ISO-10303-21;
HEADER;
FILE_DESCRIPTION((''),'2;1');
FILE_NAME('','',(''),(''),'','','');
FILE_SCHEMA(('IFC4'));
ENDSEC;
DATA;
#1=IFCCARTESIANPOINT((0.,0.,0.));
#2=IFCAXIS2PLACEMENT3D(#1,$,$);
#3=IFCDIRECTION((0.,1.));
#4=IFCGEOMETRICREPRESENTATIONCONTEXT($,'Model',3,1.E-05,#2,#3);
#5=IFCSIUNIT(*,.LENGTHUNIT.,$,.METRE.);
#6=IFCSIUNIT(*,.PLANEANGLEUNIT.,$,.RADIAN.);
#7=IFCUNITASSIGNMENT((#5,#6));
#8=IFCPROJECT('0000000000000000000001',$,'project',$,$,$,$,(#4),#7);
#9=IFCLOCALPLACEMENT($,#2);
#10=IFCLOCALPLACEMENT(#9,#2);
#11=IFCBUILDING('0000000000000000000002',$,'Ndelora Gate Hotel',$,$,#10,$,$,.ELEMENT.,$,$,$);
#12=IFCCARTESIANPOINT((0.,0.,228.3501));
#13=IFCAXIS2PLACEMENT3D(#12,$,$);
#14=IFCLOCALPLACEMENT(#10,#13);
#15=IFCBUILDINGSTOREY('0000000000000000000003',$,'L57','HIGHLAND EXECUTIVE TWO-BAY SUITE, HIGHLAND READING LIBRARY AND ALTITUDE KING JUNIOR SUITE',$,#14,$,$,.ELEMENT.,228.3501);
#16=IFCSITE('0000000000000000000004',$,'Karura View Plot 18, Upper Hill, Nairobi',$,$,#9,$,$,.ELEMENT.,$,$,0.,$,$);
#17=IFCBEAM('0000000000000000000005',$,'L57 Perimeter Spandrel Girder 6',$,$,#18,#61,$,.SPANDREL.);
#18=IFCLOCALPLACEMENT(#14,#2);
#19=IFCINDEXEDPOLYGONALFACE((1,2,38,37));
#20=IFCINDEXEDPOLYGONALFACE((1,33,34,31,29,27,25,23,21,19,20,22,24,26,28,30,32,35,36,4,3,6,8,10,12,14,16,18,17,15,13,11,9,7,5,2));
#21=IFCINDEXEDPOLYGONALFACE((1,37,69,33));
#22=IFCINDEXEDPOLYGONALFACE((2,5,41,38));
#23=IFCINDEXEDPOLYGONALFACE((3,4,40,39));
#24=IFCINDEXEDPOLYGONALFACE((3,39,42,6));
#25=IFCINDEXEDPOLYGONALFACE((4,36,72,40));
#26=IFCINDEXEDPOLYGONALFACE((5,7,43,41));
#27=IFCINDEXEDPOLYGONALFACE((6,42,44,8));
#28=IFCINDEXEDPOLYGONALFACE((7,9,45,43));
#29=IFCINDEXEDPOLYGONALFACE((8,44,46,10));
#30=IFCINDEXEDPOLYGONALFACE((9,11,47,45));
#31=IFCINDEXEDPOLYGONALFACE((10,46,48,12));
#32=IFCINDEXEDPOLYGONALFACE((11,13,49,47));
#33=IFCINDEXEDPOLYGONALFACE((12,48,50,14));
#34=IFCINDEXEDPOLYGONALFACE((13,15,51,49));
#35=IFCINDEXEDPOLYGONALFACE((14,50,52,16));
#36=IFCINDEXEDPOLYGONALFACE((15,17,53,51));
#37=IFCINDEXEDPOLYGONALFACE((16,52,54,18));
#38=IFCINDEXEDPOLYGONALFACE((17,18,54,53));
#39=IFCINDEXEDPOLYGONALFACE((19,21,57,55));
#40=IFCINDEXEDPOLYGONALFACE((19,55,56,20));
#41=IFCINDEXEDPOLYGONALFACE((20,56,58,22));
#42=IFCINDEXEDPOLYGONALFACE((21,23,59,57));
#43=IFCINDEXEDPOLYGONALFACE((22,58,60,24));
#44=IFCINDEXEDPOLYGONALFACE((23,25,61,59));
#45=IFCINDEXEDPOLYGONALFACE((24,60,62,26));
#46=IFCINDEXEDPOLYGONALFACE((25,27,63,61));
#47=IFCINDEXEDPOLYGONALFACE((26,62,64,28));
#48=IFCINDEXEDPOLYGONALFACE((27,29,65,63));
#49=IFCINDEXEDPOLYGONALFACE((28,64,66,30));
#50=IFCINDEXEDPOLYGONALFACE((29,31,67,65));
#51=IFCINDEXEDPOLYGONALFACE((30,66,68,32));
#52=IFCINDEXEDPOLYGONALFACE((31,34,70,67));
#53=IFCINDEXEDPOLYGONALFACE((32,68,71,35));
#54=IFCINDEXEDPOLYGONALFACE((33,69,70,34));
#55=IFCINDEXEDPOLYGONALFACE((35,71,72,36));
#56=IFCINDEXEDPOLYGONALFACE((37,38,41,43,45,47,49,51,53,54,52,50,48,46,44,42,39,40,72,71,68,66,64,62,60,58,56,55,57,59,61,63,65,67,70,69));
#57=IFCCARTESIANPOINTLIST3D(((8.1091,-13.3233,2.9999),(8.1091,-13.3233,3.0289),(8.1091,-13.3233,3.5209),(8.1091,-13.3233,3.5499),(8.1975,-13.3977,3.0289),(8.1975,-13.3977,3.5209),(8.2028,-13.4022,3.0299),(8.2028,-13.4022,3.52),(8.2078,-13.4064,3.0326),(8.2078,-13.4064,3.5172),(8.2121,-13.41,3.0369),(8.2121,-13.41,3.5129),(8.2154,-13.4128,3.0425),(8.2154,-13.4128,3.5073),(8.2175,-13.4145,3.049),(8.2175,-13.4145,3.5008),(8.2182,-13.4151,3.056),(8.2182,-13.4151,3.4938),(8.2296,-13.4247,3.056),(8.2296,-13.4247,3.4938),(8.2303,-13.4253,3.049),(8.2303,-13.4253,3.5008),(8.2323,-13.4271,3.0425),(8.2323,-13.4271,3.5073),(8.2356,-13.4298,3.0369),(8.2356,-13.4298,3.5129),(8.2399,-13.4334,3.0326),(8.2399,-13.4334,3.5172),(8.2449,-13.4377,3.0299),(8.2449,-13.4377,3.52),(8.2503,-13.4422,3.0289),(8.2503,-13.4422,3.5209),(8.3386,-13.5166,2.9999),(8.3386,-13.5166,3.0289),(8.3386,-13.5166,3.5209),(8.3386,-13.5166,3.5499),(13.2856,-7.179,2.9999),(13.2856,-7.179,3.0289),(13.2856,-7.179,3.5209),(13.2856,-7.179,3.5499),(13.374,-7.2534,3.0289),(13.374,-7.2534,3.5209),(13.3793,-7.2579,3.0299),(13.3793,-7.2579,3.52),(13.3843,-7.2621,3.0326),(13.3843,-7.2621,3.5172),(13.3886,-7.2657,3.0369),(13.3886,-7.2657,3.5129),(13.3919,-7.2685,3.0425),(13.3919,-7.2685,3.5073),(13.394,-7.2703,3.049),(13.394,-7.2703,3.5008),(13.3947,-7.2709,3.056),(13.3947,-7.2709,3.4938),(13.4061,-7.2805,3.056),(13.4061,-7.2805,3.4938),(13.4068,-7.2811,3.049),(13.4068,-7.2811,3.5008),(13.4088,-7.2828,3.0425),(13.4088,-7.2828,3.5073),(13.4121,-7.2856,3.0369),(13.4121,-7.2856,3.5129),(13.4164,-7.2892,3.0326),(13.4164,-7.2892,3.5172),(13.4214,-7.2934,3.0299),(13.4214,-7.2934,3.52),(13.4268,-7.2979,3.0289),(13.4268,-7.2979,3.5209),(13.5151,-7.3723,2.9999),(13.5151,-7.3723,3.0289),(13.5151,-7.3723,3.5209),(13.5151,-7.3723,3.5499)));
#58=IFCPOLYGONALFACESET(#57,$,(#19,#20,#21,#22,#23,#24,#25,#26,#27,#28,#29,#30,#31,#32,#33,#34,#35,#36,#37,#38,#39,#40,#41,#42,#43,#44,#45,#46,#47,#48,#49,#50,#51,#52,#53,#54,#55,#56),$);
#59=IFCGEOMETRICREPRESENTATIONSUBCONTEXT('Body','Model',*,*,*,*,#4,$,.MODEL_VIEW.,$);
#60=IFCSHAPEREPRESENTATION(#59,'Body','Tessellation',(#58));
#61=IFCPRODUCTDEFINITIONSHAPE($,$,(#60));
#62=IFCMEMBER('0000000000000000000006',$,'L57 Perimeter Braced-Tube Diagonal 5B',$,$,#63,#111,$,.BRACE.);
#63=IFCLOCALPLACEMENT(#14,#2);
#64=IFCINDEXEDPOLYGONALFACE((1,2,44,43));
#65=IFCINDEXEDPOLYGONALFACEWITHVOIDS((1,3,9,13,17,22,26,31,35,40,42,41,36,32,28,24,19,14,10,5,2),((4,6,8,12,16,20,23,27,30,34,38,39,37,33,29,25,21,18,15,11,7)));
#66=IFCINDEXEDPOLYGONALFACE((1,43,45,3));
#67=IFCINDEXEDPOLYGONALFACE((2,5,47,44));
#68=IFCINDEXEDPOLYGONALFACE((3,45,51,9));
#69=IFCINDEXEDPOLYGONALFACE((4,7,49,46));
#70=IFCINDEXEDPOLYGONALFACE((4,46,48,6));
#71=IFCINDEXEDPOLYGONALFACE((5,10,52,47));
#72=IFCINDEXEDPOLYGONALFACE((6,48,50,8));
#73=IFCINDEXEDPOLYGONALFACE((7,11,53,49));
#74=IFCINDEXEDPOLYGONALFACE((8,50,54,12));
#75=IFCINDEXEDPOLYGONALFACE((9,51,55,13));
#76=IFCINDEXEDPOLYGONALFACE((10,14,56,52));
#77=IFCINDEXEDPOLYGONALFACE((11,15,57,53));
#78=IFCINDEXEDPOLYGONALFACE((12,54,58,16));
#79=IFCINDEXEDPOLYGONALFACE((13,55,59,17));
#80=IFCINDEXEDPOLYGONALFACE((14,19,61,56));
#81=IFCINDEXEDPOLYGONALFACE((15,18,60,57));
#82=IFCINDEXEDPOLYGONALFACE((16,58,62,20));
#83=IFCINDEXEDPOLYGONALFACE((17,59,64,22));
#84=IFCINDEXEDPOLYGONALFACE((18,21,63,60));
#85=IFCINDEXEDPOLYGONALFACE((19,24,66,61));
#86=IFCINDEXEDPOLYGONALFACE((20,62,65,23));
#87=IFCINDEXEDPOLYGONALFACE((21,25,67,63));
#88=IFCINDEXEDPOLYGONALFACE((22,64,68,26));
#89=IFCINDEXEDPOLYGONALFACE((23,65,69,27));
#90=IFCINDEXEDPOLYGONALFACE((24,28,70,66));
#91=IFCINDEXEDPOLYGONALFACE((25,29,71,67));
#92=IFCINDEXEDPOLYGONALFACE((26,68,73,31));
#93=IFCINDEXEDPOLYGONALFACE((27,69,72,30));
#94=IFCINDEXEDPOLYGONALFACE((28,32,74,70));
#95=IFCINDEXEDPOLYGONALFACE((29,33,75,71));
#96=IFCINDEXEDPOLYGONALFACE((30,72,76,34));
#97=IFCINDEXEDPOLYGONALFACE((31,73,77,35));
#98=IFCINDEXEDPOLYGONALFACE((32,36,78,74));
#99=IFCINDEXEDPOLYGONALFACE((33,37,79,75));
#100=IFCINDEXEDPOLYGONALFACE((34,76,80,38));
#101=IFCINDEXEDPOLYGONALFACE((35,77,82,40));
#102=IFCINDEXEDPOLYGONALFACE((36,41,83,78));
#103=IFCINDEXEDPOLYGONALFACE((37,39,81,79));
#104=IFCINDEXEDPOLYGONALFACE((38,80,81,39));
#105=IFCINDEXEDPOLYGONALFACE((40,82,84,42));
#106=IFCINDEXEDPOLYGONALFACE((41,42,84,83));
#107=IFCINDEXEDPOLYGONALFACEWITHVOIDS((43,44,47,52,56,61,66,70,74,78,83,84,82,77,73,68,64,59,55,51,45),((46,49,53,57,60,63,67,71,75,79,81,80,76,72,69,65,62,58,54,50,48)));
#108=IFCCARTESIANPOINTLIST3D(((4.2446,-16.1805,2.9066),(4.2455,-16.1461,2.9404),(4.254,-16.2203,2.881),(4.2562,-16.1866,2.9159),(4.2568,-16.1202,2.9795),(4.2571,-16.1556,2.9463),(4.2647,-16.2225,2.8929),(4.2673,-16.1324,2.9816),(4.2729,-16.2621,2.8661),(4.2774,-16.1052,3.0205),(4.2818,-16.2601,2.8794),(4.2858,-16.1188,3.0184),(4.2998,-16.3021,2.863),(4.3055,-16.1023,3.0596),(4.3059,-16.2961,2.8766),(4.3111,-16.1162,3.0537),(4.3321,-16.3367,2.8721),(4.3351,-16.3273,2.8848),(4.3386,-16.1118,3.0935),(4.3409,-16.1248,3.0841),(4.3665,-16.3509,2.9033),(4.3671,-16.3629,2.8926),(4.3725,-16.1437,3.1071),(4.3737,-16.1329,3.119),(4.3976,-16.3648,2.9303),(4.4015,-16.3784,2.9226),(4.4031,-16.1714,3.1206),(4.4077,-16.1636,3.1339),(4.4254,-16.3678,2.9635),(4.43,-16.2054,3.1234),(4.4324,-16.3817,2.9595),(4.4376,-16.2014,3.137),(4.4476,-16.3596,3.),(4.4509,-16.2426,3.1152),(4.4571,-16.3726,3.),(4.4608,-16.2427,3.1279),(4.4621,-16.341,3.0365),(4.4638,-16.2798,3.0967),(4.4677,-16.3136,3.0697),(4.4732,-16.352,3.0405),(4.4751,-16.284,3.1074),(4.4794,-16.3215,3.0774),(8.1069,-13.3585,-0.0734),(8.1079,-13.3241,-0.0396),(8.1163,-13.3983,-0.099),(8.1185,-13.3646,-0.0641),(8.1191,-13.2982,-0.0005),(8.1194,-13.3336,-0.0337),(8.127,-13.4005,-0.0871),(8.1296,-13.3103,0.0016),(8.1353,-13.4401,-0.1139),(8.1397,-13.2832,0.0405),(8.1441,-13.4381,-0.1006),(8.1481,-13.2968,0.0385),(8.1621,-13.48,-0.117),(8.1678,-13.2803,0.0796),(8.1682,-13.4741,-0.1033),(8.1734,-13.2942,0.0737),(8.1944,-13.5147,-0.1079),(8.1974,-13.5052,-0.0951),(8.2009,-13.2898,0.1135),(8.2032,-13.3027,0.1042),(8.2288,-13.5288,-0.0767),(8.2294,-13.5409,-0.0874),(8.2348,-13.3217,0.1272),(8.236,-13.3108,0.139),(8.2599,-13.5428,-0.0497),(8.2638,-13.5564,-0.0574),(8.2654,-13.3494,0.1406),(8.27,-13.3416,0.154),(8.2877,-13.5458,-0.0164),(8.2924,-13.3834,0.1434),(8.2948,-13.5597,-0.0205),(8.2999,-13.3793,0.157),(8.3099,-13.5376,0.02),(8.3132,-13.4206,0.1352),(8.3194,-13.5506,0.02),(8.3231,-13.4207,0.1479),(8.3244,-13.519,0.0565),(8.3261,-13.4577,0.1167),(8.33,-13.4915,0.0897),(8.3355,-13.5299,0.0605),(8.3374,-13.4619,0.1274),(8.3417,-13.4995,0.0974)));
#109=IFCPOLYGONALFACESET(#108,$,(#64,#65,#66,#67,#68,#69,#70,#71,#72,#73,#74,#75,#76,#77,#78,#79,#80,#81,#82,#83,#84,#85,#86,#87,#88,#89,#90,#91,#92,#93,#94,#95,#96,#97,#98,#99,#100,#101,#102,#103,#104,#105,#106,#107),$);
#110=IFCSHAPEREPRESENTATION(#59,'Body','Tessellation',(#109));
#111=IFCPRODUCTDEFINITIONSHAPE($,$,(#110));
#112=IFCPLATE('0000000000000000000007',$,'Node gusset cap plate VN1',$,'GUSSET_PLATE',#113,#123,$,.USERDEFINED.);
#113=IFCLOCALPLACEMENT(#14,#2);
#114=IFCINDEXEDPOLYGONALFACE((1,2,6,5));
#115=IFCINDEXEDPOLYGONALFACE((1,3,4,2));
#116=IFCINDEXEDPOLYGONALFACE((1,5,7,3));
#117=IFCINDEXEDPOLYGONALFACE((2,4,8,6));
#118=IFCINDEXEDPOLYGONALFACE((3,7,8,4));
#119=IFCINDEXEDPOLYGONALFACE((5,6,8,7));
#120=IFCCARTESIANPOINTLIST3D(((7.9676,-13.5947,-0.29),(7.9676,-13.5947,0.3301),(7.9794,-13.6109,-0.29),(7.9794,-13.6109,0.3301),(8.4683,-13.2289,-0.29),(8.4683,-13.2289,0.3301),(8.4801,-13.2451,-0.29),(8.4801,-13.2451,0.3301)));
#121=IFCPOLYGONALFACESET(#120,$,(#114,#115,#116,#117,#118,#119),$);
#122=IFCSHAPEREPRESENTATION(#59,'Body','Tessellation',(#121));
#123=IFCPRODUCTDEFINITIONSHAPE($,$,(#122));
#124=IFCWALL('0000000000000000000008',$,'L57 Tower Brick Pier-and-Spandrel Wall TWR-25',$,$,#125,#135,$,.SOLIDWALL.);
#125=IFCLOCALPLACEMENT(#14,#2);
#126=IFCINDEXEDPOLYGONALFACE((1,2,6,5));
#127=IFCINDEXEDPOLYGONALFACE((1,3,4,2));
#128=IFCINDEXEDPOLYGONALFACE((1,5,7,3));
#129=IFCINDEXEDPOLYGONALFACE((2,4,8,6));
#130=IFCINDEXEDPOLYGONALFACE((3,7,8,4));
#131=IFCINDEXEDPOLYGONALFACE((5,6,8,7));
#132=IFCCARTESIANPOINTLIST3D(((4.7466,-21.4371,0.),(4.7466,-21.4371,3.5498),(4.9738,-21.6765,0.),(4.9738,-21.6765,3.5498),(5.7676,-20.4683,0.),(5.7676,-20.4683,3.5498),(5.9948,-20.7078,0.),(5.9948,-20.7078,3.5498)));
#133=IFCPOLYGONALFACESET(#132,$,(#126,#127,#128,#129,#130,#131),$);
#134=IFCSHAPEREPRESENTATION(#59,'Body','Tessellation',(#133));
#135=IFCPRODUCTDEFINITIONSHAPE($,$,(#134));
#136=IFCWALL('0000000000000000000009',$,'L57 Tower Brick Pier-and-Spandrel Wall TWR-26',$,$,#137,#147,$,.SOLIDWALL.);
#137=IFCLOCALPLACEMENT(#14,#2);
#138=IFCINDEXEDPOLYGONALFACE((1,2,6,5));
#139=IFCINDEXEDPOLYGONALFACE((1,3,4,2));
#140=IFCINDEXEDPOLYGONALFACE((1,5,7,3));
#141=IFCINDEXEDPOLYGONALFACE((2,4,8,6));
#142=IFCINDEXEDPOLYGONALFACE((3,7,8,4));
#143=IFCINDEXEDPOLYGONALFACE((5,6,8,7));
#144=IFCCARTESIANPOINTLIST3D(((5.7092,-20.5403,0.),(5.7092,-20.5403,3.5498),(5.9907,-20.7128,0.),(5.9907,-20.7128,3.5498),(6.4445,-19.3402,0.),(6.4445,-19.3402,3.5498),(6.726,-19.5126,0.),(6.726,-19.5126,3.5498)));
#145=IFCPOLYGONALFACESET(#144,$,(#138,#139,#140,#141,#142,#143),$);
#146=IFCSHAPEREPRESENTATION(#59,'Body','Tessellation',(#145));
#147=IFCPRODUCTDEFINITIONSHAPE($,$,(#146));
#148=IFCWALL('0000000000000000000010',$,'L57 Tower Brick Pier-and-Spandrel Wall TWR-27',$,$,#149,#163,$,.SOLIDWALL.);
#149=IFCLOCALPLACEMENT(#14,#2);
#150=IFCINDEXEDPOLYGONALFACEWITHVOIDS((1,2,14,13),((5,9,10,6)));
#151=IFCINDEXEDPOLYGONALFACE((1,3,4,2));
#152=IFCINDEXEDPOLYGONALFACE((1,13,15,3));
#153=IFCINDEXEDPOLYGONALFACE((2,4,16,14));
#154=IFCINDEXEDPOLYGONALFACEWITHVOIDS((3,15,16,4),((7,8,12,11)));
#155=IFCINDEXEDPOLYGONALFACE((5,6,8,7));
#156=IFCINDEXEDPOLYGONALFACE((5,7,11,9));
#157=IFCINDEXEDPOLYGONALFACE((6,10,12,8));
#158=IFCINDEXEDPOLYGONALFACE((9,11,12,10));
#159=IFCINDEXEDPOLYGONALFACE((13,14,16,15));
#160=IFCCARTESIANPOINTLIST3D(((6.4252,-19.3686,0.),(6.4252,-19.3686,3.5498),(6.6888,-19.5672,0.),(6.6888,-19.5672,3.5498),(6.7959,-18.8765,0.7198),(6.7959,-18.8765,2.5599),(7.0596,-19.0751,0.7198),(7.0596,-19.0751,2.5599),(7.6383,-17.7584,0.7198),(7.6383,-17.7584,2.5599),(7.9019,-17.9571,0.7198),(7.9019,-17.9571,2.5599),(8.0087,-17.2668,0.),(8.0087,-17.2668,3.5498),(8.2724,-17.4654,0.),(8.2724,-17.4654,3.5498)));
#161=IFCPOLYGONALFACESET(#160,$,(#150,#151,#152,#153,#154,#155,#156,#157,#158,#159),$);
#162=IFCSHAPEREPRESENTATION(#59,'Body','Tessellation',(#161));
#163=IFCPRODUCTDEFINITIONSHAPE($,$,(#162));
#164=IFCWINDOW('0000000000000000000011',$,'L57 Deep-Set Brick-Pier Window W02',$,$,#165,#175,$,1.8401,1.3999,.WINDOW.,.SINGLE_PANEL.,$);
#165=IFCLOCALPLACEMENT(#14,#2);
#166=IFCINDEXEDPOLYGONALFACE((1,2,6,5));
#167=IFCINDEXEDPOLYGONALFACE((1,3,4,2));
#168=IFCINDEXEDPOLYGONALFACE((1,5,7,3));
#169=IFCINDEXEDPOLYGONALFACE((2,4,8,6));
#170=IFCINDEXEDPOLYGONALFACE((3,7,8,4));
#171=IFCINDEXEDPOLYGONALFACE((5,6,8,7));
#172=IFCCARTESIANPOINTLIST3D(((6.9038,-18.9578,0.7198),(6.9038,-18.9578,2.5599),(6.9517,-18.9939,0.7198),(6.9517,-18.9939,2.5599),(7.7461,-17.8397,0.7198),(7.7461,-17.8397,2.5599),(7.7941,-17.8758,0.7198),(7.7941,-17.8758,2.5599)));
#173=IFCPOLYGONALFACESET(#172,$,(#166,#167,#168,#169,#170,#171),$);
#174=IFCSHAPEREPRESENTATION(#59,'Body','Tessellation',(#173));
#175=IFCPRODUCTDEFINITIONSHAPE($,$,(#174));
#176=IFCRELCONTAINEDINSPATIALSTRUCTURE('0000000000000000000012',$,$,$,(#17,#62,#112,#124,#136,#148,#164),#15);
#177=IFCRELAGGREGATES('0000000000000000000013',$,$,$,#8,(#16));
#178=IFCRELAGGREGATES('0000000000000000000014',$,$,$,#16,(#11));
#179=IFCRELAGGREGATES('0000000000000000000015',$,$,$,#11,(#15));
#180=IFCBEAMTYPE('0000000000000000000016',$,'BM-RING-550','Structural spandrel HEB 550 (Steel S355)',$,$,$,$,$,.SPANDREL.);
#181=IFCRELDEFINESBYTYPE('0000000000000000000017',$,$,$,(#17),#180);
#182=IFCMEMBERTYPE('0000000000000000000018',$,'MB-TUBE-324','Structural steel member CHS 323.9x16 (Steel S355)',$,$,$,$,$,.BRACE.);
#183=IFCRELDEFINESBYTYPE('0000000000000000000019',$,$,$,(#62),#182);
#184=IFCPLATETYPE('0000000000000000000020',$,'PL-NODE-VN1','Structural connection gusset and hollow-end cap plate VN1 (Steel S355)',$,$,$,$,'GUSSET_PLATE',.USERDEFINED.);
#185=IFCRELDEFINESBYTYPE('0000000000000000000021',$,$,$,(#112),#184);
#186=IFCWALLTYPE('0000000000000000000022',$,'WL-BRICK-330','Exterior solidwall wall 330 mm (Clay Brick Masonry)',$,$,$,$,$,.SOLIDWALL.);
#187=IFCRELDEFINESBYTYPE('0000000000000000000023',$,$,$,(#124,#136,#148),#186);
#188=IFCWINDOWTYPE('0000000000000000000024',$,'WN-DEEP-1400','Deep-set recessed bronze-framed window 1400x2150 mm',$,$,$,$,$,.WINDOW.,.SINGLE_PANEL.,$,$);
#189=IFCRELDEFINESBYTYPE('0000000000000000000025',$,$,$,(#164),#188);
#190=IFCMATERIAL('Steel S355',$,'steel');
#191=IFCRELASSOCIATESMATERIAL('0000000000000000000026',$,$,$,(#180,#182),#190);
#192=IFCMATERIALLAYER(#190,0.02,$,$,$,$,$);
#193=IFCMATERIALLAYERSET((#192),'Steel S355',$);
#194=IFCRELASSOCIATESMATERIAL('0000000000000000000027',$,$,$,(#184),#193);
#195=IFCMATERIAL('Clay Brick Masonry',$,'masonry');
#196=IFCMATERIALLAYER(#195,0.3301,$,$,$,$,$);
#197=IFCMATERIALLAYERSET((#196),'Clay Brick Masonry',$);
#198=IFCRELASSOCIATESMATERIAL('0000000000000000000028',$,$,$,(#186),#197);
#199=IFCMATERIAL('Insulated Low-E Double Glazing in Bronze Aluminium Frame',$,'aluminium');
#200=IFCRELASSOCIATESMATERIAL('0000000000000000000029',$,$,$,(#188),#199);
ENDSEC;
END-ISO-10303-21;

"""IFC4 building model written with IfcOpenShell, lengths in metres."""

from ifc_helpers import new_model, si_unit, direction, frame, frame_2d, origin, origin_2d, place, context, subcontext, project, spatial, rectangle, hollow_circle, i_section, extrude, material, layer, layer_set, material_profile, profile_set, type_object, element, fill, save


model = new_model("IFC4")

# Units and contexts
model_context = context("Model", 3, precision=1e-05, world=origin(), true_north=direction((0.0, 1.0)))
body_context = subcontext(model_context, "Body", "Model", "MODEL_VIEW")
ifc_project = project(units=[si_unit("LENGTHUNIT", "METRE"), si_unit("PLANEANGLEUNIT", "RADIAN")], contexts=[model_context])

# Site, building, storey
site_placement = place(None, origin())
site = spatial("IfcSite", under=ifc_project, at=site_placement, Name="Karura View Plot 18, Upper Hill, Nairobi", CompositionType="ELEMENT", RefElevation=0.0)
building_placement = place(site_placement, origin())
building = spatial("IfcBuilding", under=site, at=building_placement, Name="Ndelora Gate Hotel", CompositionType="ELEMENT")
storey_placement = place(building_placement, frame((0.0, 0.0, 228.3501)))
storey = spatial("IfcBuildingStorey", under=building, at=storey_placement, Name="L57", Description="HIGHLAND EXECUTIVE TWO-BAY SUITE, HIGHLAND READING LIBRARY AND ALTITUDE KING JUNIOR SUITE", CompositionType="ELEMENT", Elevation=228.3501)

# Beam
ifc_material_1 = material(Name="Steel S355", Category="steel")
ifc_material_profile_1 = material_profile(ifc_material_1, i_section(OverallWidth=0.3, OverallDepth=0.55, WebThickness=0.0149, FlangeThickness=0.0291, FilletRadius=0.0271, at=origin_2d()), Name="HEB 550")
ifc_profile_set_1 = profile_set([ifc_material_profile_1], Name="Steel S355")
beam_type_1 = type_object("IfcBeamType", Name="BM-RING-550", Description="Structural spandrel HEB 550 (Steel S355)", PredefinedType="SPANDREL", material=ifc_profile_set_1)
beam_1_placement = place(storey_placement, frame((8.2239, -13.4199, 3.2749), z_axis=(0.644309, 0.764765, 0.0), x_axis=(-0.764765, 0.644309, 0.0)))
element("IfcBeam", 1, at=beam_1_placement, inside=storey, type_object=beam_type_1, Name="L57 Perimeter Spandrel Girder 6", PredefinedType="SPANDREL", context=body_context, shape_type="SweptSolid", body=[
    extrude(i_section(OverallWidth=0.3, OverallDepth=0.55, WebThickness=0.0149, FlangeThickness=0.0291, FilletRadius=0.0271, at=origin_2d()), origin(), (0.0, 0.0, 1.0), 8.0342),
])

# Member
ifc_material_profile_2 = material_profile(ifc_material_1, hollow_circle(Radius=0.1619, WallThickness=0.0161, at=origin_2d()), Name="CHS 323.9x16")
ifc_profile_set_2 = profile_set([ifc_material_profile_2], Name="Steel S355")
member_type = type_object("IfcMemberType", Name="MB-TUBE-324", Description="Structural steel member CHS 323.9x16 (Steel S355)", PredefinedType="BRACE", material=ifc_profile_set_2)
member_placement = place(storey_placement, frame((8.2239, -13.4199, 0.02), z_axis=(-0.685324, -0.500737, 0.528765), x_axis=(0.589958, -0.807434, 0.0)))
element("IfcMember", 2, at=member_placement, inside=storey, type_object=member_type, Name="L57 Perimeter Braced-Tube Diagonal 5B", PredefinedType="BRACE", context=body_context, shape_type="SweptSolid", body=[
    extrude(hollow_circle(Radius=0.1619, WallThickness=0.0161, at=origin_2d()), origin(), (0.0, 0.0, 1.0), 5.6357),
])

# Plate
ifc_layer_1 = layer(ifc_material_1, 0.02)
ifc_layer_set_1 = layer_set([ifc_layer_1], Name="Steel S355")
plate_type = type_object("IfcPlateType", Name="PL-NODE-VN1", Description="Structural connection gusset and hollow-end cap plate VN1 (Steel S355)", ElementType="GUSSET_PLATE", PredefinedType="USERDEFINED", material=ifc_layer_set_1)
plate_placement = place(storey_placement, frame((8.2239, -13.4199, -0.29), z_axis=(0.0, 0.0, 1.0), x_axis=(0.807475, 0.589901, 0.0)))
element("IfcPlate", 3, at=plate_placement, inside=storey, type_object=plate_type, Name="Node gusset cap plate VN1", ObjectType="GUSSET_PLATE", PredefinedType="USERDEFINED", context=body_context, shape_type="SweptSolid", body=[
    extrude(rectangle(XDim=0.6201, YDim=0.02, at=origin_2d()), origin(), (0.0, 0.0, 1.0), 0.6201),
])

# Walls
ifc_material_2 = material(Name="Clay Brick Masonry", Category="masonry")
ifc_layer_2 = layer(ifc_material_2, 0.3301)
ifc_layer_set_2 = layer_set([ifc_layer_2], Name="Clay Brick Masonry")
wall_type_1 = type_object("IfcWallType", Name="WL-BRICK-330", Description="Exterior solidwall wall 330 mm (Clay Brick Masonry)", PredefinedType="SOLIDWALL", material=ifc_layer_set_2)
for number, where, z_axis, x_axis, name in (
    (4, (5.8811, -20.5881, 0.0), (0.0, 0.0, 1.0), (-0.725424, -0.688303, 0.0), "L57 Tower Brick Pier-and-Spandrel Wall TWR-25"),
    (5, (6.5852, -19.4265, 0.0), (0.0, 0.0, 1.0), (-0.522432, -0.852681, 0.0), "L57 Tower Brick Pier-and-Spandrel Wall TWR-26"),
):
    element("IfcWall", number, at=place(storey_placement, frame(where, z_axis=z_axis, x_axis=x_axis)), inside=storey, type_object=wall_type_1, Name=name, PredefinedType="SOLIDWALL", context=body_context, shape_type="SweptSolid", body=[
        extrude(rectangle(XDim=1.4075, YDim=0.3301, at=frame_2d((0.7036, 0.0))), origin(), (0.0, 0.0, 1.0), 3.5498),
    ])

# Wall, opening, window
wall_1_placement = place(storey_placement, frame((8.1406, -17.366, 0.0), z_axis=(0.0, 0.0, 1.0), x_axis=(-0.601735, -0.798696, 0.0)))
wall_1 = element("IfcWall", 6, at=wall_1_placement, inside=storey, type_object=wall_type_1, Name="L57 Tower Brick Pier-and-Spandrel Wall TWR-27", PredefinedType="SOLIDWALL", context=body_context, shape_type="SweptSolid", body=[
    extrude(rectangle(XDim=2.6316, YDim=0.3301, at=frame_2d((1.3159, 0.0))), origin(), (0.0, 0.0, 1.0), 3.5498),
])
opening_1_placement = place(wall_1_placement, frame((0.6157, 0.0, 0.72)))
opening_1 = element("IfcOpeningElement", 7, at=opening_1_placement, cuts=wall_1, PredefinedType="OPENING", context=body_context, shape_type="SweptSolid", body=[
    extrude(rectangle(XDim=1.3999, YDim=1.8401, at=frame_2d((0.7, 0.9199))), frame((0.0, 0.175, 0.0), z_axis=(0.0, -1.0, 0.0), x_axis=(1.0, 0.0, 0.0)), (0.0, 0.0, 1.0), 0.3501),
])
ifc_material_3 = material(Name="Insulated Low-E Double Glazing in Bronze Aluminium Frame", Category="aluminium")
window_type = type_object("IfcWindowType", Name="WN-DEEP-1400", Description="Deep-set recessed bronze-framed window 1400x2150 mm", PartitioningType="SINGLE_PANEL", PredefinedType="WINDOW", material=ifc_material_3)
window_1_placement = place(opening_1_placement, origin())
window_1 = element("IfcWindow", 8, at=window_1_placement, inside=storey, type_object=window_type, Name="L57 Deep-Set Brick-Pier Window W02", OverallHeight=1.8401, OverallWidth=1.3999, PartitioningType="SINGLE_PANEL", PredefinedType="WINDOW", context=body_context, shape_type="SweptSolid", body=[
    extrude(rectangle(XDim=1.3999, YDim=1.8401, at=frame_2d((0.7, 0.9199))), frame((0.0, 0.03, 0.0), z_axis=(0.0, -1.0, 0.0), x_axis=(1.0, 0.0, 0.0)), (0.0, 0.0, 1.0), 0.0601),
])
fill(opening_1, window_1)

save(model, "model.ifc")
